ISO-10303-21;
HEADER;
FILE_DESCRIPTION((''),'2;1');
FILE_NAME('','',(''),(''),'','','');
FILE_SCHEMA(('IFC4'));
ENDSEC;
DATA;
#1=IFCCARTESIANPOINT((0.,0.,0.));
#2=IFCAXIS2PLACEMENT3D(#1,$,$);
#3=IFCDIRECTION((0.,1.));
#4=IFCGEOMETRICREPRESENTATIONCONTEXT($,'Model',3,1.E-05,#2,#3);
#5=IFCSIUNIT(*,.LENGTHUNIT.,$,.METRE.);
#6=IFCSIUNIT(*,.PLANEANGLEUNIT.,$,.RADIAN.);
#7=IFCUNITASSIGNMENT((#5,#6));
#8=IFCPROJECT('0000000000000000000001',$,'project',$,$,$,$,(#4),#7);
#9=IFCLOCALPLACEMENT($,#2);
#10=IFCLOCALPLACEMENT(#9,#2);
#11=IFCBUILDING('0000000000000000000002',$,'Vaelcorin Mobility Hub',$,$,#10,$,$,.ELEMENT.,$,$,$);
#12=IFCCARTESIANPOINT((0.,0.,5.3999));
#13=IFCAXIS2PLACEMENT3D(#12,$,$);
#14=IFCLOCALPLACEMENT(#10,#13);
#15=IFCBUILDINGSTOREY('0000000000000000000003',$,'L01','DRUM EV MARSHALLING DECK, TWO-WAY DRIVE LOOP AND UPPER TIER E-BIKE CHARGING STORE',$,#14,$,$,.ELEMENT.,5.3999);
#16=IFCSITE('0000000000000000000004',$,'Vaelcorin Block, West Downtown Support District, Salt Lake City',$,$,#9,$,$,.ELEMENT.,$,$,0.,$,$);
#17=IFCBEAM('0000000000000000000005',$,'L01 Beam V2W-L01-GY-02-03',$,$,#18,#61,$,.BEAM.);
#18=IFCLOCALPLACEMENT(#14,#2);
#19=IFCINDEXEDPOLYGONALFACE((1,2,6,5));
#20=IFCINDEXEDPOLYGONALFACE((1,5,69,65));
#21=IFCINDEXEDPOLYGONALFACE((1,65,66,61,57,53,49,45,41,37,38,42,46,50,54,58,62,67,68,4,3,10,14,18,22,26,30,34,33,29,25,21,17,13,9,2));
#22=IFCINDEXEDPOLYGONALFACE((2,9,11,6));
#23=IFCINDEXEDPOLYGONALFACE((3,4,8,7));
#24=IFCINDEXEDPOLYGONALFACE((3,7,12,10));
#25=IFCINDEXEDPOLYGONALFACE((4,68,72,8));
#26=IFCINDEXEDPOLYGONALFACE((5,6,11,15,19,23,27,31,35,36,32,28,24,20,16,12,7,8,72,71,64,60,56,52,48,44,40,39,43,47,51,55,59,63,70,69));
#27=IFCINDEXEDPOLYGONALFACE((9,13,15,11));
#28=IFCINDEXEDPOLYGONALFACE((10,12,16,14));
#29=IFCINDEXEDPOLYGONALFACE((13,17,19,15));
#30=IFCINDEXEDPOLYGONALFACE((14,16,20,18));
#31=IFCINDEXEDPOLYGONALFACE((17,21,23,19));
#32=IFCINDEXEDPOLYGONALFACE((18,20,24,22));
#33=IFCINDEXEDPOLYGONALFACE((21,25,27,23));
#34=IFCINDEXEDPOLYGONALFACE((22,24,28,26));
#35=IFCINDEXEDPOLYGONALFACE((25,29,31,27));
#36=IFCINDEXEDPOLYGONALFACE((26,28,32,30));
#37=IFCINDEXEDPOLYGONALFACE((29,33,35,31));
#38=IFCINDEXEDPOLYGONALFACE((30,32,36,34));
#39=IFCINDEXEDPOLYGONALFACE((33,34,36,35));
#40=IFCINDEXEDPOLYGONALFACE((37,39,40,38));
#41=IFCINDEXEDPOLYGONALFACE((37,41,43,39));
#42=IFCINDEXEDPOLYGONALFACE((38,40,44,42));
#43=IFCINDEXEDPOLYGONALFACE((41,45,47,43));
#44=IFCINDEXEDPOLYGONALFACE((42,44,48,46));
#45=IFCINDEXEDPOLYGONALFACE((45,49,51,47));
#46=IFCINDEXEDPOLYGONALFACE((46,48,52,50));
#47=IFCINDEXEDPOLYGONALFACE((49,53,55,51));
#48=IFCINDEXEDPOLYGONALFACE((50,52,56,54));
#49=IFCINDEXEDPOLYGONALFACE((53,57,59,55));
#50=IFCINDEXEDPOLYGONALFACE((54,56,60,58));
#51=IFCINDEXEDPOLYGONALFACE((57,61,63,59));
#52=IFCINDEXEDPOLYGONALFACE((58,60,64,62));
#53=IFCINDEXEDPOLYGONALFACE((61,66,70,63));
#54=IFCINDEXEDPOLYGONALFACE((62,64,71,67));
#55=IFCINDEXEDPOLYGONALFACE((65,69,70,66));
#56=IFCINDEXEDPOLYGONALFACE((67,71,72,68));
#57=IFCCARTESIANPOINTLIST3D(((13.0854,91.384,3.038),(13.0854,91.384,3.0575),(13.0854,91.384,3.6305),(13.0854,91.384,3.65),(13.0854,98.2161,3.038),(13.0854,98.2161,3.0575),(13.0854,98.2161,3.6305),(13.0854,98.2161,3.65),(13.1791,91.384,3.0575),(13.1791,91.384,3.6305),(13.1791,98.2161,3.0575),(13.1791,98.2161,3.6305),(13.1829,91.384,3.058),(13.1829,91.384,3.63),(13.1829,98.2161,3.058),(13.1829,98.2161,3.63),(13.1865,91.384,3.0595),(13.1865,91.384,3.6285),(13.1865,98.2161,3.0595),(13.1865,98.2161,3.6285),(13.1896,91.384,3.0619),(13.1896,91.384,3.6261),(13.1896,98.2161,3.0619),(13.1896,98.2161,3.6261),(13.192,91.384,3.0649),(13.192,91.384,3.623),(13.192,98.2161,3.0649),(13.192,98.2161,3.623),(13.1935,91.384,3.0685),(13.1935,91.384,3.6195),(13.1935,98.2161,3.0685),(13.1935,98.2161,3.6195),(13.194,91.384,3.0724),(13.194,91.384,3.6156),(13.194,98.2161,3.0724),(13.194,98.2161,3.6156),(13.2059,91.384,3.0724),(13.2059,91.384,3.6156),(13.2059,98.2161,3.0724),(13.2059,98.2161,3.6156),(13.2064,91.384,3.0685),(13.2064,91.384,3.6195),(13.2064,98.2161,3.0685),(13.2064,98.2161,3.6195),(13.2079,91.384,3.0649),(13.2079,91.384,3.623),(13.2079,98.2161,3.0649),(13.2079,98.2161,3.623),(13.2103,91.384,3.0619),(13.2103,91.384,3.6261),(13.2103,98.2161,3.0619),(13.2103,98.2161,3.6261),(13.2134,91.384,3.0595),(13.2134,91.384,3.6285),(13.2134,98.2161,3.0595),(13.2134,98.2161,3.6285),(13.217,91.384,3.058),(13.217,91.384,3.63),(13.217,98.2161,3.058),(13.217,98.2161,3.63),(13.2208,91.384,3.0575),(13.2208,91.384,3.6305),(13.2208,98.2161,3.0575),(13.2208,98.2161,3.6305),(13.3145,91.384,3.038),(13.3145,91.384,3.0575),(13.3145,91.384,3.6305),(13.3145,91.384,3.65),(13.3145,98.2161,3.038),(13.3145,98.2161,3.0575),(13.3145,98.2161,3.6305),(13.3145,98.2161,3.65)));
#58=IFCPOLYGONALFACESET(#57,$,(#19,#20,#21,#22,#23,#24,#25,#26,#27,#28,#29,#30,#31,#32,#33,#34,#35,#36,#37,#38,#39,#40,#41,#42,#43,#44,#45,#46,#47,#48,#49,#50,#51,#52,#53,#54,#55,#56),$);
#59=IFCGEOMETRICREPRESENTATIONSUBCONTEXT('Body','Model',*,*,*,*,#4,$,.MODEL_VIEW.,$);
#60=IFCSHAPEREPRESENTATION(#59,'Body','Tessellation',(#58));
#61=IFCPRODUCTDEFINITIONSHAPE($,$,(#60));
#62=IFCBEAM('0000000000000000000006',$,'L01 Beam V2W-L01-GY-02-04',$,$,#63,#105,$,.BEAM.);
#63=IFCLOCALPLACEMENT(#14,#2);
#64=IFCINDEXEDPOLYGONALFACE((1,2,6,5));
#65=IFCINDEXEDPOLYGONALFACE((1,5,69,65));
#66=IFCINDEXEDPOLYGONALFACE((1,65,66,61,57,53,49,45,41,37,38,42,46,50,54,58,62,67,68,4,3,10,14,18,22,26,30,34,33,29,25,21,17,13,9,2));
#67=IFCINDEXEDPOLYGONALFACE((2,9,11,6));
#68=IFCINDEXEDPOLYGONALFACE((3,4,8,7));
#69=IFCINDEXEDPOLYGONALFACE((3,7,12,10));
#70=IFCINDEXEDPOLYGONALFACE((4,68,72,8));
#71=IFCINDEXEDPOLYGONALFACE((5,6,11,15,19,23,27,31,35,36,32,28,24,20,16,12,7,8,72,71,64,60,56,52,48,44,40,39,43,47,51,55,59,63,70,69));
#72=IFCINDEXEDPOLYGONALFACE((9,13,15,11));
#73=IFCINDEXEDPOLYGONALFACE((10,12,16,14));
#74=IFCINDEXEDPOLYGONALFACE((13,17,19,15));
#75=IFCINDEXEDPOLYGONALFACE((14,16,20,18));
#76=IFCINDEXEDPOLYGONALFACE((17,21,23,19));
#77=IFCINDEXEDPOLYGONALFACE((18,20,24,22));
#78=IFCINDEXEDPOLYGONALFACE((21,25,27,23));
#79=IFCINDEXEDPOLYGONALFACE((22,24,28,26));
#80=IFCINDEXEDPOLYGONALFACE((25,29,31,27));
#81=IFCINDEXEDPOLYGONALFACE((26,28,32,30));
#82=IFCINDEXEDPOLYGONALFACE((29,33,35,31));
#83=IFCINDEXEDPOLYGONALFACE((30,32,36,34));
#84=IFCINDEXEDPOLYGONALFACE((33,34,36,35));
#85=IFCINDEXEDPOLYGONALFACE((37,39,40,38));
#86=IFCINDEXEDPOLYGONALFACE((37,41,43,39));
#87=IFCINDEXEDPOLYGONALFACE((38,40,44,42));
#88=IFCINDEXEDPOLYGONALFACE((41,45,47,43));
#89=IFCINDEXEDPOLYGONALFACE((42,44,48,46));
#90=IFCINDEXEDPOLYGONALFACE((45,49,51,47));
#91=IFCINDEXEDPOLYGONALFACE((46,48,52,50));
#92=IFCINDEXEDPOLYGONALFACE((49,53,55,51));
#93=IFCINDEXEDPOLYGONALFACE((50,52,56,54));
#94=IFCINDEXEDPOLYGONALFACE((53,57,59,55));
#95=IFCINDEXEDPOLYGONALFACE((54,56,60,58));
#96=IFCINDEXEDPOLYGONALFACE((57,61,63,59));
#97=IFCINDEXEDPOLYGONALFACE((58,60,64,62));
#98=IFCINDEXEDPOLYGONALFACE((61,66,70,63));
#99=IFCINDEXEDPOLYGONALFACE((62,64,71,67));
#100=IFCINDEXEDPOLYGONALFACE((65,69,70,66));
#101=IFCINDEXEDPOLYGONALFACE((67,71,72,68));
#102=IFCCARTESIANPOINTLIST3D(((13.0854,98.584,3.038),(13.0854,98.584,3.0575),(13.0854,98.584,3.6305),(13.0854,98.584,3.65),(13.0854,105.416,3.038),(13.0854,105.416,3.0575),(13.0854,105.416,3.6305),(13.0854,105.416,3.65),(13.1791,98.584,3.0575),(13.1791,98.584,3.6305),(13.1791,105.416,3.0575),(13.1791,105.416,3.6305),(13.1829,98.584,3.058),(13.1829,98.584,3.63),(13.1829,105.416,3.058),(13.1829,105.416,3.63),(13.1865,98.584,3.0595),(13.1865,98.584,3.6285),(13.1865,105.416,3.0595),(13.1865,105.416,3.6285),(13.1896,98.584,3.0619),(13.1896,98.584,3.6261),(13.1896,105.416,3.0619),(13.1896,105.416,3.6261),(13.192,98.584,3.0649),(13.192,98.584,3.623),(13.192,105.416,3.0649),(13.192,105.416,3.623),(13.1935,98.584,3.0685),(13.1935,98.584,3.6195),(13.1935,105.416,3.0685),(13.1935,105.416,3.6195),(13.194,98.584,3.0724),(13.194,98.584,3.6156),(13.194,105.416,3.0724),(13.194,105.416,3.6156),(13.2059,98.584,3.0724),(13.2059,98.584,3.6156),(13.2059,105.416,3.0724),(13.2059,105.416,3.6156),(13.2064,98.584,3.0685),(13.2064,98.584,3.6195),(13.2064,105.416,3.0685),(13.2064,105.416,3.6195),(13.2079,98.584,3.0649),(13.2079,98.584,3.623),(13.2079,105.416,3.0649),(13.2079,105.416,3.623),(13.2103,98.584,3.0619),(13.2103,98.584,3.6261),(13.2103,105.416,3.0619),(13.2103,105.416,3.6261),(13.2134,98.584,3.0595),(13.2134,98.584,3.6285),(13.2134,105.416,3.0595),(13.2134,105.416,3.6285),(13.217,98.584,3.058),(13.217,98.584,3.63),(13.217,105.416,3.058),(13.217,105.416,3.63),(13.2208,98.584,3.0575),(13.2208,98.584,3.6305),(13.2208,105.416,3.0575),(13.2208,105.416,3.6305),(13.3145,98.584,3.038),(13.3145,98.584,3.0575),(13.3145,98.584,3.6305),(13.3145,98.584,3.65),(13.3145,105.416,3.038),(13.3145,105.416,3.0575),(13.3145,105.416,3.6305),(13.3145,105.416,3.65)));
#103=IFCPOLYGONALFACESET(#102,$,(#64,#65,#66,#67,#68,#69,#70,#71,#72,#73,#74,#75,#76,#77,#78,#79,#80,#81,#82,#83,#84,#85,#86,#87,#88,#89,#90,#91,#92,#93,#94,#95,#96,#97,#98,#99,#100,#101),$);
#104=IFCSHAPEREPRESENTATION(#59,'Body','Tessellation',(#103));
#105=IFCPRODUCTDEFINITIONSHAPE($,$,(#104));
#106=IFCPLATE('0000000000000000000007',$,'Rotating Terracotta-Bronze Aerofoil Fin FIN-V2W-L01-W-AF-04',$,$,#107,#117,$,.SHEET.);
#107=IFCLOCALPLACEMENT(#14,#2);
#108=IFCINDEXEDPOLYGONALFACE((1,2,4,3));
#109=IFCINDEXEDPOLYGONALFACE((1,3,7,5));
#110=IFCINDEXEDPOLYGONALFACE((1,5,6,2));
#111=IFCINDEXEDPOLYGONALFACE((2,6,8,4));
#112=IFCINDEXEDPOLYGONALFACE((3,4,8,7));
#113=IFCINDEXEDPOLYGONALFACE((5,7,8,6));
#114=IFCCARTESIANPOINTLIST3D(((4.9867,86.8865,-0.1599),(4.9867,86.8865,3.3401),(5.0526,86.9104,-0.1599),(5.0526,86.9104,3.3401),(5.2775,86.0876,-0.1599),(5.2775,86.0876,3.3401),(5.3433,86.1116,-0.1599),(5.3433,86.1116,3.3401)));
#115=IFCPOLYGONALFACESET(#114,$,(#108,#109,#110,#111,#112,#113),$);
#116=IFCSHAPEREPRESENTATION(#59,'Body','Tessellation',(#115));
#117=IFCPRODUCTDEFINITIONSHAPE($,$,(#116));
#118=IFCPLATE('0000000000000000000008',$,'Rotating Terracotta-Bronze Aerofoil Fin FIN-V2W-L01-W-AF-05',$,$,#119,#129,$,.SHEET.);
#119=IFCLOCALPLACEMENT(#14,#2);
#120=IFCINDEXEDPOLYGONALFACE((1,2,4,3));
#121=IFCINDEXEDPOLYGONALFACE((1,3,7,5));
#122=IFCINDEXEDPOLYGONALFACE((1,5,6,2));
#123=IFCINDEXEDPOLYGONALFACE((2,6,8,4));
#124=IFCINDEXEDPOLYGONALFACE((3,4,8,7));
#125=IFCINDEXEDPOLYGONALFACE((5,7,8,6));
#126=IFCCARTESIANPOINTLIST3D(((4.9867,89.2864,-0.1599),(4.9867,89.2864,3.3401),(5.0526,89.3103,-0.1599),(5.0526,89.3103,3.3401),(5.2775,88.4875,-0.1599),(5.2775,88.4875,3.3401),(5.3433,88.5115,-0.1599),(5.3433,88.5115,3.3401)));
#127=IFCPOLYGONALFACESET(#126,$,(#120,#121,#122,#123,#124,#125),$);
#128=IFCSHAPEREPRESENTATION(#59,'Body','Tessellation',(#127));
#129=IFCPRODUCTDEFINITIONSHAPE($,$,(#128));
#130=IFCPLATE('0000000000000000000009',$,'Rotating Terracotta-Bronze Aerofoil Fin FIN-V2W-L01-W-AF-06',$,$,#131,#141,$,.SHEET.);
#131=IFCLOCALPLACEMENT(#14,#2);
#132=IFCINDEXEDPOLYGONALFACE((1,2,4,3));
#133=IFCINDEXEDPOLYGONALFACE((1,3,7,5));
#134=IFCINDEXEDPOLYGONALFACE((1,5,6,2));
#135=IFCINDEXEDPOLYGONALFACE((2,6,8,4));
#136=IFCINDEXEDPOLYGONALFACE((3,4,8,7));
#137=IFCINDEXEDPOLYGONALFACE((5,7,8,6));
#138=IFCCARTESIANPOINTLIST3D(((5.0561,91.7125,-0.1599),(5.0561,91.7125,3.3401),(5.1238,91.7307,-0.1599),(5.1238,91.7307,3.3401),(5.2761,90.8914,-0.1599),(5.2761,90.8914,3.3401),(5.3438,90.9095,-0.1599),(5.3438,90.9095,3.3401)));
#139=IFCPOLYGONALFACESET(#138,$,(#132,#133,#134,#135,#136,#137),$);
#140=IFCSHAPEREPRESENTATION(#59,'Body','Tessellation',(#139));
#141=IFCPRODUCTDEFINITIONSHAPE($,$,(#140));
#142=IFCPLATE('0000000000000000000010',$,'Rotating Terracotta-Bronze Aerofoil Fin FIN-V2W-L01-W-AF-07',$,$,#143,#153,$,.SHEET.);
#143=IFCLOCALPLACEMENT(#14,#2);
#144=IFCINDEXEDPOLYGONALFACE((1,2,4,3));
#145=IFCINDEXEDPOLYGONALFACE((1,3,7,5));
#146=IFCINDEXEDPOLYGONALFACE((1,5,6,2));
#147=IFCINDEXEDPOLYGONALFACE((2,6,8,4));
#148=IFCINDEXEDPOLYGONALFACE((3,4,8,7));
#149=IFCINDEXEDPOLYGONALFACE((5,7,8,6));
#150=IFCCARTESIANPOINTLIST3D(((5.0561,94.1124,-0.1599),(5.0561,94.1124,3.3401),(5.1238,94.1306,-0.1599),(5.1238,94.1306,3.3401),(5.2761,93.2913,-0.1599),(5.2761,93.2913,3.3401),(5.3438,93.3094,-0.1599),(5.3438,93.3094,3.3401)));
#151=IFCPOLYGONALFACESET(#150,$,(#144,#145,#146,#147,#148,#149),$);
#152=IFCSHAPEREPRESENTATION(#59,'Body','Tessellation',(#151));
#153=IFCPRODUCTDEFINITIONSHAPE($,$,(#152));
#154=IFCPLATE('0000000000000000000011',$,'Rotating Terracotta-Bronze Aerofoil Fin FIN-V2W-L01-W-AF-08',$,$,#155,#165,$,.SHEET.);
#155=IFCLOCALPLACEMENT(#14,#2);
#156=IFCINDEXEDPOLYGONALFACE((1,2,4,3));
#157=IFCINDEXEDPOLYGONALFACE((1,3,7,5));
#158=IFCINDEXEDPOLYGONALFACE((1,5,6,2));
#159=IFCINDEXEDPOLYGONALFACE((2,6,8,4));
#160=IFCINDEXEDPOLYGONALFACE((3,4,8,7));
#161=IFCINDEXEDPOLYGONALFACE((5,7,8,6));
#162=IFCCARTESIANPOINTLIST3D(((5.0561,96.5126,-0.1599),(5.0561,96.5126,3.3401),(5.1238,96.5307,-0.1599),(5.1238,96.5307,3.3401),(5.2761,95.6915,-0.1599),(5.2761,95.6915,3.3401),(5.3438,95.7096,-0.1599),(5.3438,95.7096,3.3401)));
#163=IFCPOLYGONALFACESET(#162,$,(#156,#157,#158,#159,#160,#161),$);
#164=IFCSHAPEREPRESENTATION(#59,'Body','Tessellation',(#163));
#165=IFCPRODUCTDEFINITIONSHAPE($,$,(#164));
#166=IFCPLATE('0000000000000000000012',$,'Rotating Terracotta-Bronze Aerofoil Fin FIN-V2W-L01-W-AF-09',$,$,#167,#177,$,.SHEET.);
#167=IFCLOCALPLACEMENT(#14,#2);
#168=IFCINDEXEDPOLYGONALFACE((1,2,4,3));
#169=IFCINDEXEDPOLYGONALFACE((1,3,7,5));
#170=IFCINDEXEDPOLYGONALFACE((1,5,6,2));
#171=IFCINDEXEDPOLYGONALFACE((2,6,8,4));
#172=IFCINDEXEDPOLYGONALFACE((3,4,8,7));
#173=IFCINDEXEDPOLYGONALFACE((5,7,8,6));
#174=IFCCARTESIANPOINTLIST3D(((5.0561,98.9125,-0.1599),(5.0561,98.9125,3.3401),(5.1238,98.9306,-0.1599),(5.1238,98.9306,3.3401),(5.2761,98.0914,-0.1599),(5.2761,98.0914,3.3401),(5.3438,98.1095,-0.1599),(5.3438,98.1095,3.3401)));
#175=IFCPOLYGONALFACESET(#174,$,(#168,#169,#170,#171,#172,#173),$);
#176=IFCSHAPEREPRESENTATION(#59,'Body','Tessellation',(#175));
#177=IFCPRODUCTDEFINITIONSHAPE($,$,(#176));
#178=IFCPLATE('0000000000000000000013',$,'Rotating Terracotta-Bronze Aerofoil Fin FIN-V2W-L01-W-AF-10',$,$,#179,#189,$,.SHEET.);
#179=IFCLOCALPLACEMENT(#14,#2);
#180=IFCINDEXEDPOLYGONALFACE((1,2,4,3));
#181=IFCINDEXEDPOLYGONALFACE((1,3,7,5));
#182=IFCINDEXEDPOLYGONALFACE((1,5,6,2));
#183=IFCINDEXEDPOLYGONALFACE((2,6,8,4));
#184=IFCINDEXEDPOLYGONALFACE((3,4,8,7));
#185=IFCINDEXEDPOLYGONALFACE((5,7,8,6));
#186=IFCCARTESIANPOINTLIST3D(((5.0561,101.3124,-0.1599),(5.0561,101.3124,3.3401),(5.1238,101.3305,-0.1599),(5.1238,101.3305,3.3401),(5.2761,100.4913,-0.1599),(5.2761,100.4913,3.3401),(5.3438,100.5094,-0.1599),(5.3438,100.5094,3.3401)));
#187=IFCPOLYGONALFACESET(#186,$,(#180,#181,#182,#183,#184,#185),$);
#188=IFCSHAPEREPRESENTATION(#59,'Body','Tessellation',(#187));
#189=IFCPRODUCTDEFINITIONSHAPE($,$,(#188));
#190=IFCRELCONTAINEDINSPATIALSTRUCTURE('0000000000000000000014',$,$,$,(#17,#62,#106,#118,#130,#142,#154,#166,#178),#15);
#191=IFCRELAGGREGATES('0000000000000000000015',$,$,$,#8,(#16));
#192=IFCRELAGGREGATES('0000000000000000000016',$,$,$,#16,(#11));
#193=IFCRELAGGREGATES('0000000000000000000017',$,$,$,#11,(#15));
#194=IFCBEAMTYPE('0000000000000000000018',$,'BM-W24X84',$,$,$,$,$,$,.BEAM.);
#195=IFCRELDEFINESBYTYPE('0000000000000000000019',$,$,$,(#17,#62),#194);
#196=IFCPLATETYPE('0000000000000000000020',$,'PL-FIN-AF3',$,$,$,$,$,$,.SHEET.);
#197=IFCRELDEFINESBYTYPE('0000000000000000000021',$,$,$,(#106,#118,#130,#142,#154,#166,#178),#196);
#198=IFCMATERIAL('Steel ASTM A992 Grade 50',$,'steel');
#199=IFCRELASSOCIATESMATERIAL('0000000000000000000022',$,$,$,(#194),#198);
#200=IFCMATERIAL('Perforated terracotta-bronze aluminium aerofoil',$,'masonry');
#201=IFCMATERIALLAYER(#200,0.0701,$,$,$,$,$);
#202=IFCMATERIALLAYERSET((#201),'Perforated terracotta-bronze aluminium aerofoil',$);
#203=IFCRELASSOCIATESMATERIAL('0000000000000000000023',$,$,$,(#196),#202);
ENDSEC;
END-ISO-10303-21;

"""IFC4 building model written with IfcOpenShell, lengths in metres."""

from ifc_helpers import new_model, si_unit, direction, frame, origin, origin_2d, place, context, subcontext, project, spatial, rectangle, i_section, extrude, material, layer, layer_set, material_profile, profile_set, type_object, element, save


model = new_model("IFC4")

# Units and contexts
model_context = context("Model", 3, precision=1e-05, world=origin(), true_north=direction((0.0, 1.0)))
body_context = subcontext(model_context, "Body", "Model", "MODEL_VIEW")
ifc_project = project(units=[si_unit("LENGTHUNIT", "METRE"), si_unit("PLANEANGLEUNIT", "RADIAN")], contexts=[model_context])

# Site, building, storey
site_placement = place(None, origin())
site = spatial("IfcSite", under=ifc_project, at=site_placement, Name="Vaelcorin Block, West Downtown Support District, Salt Lake City", CompositionType="ELEMENT", RefElevation=0.0)
building_placement = place(site_placement, origin())
building = spatial("IfcBuilding", under=site, at=building_placement, Name="Vaelcorin Mobility Hub", CompositionType="ELEMENT")
storey_placement = place(building_placement, frame((0.0, 0.0, 5.3999)))
storey = spatial("IfcBuildingStorey", under=building, at=storey_placement, Name="L01", Description="DRUM EV MARSHALLING DECK, TWO-WAY DRIVE LOOP AND UPPER TIER E-BIKE CHARGING STORE", CompositionType="ELEMENT", Elevation=5.3999)

# Shared definitions
ifc_material_1 = material(Name="Steel ASTM A992 Grade 50", Category="steel")

# Beams
ifc_material_profile_1 = material_profile(ifc_material_1, i_section(OverallWidth=0.229, OverallDepth=0.6121, WebThickness=0.012, FlangeThickness=0.0195, FilletRadius=0.0149, at=origin_2d()), Name="W24X84")
ifc_profile_set_1 = profile_set([ifc_material_profile_1], Name="Steel ASTM A992 Grade 50")
beam_type_1 = type_object("IfcBeamType", Name="BM-W24X84", PredefinedType="BEAM", material=ifc_profile_set_1)
for number, where, z_axis, x_axis, name in (
    (1, (13.2, 91.384, 3.344), (0.0, 1.0, 0.0), (-1.0, 0.0, 0.0), "L01 Beam V2W-L01-GY-02-03"),
    (2, (13.2, 98.584, 3.344), (0.0, 1.0, 0.0), (-1.0, 0.0, 0.0), "L01 Beam V2W-L01-GY-02-04"),
):
    element("IfcBeam", number, at=place(storey_placement, frame(where, z_axis=z_axis, x_axis=x_axis)), inside=storey, type_object=beam_type_1, Name=name, PredefinedType="BEAM", context=body_context, shape_type="SweptSolid", body=[
        extrude(i_section(OverallWidth=0.229, OverallDepth=0.6121, WebThickness=0.012, FlangeThickness=0.0195, FilletRadius=0.0149, at=origin_2d()), origin(), (0.0, 0.0, 1.0), 6.832),
    ])

# Plates
ifc_material_2 = material(Name="Perforated terracotta-bronze aluminium aerofoil", Category="masonry")
ifc_layer_1 = layer(ifc_material_2, 0.0701)
ifc_layer_set_1 = layer_set([ifc_layer_1], Name="Perforated terracotta-bronze aluminium aerofoil")
plate_type = type_object("IfcPlateType", Name="PL-FIN-AF3", PredefinedType="SHEET", material=ifc_layer_set_1)
for number, where, z_axis, x_axis, name in (
    (3, (5.165, 86.499, -0.1599), (0.0, 0.0, 1.0), (-0.34202, 0.939693, 0.0), "Rotating Terracotta-Bronze Aerofoil Fin FIN-V2W-L01-W-AF-04"),
    (4, (5.165, 88.8989, -0.1599), (0.0, 0.0, 1.0), (-0.34202, 0.939693, 0.0), "Rotating Terracotta-Bronze Aerofoil Fin FIN-V2W-L01-W-AF-05"),
    (5, (5.2, 91.311, -0.1599), (0.0, 0.0, 1.0), (-0.258819, 0.965926, 0.0), "Rotating Terracotta-Bronze Aerofoil Fin FIN-V2W-L01-W-AF-06"),
    (6, (5.2, 93.7109, -0.1599), (0.0, 0.0, 1.0), (-0.258819, 0.965926, 0.0), "Rotating Terracotta-Bronze Aerofoil Fin FIN-V2W-L01-W-AF-07"),
    (7, (5.2, 96.1111, -0.1599), (0.0, 0.0, 1.0), (-0.258819, 0.965926, 0.0), "Rotating Terracotta-Bronze Aerofoil Fin FIN-V2W-L01-W-AF-08"),
    (8, (5.2, 98.511, -0.1599), (0.0, 0.0, 1.0), (-0.258819, 0.965926, 0.0), "Rotating Terracotta-Bronze Aerofoil Fin FIN-V2W-L01-W-AF-09"),
    (9, (5.2, 100.9109, -0.1599), (0.0, 0.0, 1.0), (-0.258819, 0.965926, 0.0), "Rotating Terracotta-Bronze Aerofoil Fin FIN-V2W-L01-W-AF-10"),
):
    element("IfcPlate", number, at=place(storey_placement, frame(where, z_axis=z_axis, x_axis=x_axis)), inside=storey, type_object=plate_type, Name=name, PredefinedType="SHEET", context=body_context, shape_type="SweptSolid", body=[
        extrude(rectangle(XDim=0.8501, YDim=0.0701, at=origin_2d()), origin(), (0.0, 0.0, 1.0), 3.5),
    ])

save(model, "model.ifc")
